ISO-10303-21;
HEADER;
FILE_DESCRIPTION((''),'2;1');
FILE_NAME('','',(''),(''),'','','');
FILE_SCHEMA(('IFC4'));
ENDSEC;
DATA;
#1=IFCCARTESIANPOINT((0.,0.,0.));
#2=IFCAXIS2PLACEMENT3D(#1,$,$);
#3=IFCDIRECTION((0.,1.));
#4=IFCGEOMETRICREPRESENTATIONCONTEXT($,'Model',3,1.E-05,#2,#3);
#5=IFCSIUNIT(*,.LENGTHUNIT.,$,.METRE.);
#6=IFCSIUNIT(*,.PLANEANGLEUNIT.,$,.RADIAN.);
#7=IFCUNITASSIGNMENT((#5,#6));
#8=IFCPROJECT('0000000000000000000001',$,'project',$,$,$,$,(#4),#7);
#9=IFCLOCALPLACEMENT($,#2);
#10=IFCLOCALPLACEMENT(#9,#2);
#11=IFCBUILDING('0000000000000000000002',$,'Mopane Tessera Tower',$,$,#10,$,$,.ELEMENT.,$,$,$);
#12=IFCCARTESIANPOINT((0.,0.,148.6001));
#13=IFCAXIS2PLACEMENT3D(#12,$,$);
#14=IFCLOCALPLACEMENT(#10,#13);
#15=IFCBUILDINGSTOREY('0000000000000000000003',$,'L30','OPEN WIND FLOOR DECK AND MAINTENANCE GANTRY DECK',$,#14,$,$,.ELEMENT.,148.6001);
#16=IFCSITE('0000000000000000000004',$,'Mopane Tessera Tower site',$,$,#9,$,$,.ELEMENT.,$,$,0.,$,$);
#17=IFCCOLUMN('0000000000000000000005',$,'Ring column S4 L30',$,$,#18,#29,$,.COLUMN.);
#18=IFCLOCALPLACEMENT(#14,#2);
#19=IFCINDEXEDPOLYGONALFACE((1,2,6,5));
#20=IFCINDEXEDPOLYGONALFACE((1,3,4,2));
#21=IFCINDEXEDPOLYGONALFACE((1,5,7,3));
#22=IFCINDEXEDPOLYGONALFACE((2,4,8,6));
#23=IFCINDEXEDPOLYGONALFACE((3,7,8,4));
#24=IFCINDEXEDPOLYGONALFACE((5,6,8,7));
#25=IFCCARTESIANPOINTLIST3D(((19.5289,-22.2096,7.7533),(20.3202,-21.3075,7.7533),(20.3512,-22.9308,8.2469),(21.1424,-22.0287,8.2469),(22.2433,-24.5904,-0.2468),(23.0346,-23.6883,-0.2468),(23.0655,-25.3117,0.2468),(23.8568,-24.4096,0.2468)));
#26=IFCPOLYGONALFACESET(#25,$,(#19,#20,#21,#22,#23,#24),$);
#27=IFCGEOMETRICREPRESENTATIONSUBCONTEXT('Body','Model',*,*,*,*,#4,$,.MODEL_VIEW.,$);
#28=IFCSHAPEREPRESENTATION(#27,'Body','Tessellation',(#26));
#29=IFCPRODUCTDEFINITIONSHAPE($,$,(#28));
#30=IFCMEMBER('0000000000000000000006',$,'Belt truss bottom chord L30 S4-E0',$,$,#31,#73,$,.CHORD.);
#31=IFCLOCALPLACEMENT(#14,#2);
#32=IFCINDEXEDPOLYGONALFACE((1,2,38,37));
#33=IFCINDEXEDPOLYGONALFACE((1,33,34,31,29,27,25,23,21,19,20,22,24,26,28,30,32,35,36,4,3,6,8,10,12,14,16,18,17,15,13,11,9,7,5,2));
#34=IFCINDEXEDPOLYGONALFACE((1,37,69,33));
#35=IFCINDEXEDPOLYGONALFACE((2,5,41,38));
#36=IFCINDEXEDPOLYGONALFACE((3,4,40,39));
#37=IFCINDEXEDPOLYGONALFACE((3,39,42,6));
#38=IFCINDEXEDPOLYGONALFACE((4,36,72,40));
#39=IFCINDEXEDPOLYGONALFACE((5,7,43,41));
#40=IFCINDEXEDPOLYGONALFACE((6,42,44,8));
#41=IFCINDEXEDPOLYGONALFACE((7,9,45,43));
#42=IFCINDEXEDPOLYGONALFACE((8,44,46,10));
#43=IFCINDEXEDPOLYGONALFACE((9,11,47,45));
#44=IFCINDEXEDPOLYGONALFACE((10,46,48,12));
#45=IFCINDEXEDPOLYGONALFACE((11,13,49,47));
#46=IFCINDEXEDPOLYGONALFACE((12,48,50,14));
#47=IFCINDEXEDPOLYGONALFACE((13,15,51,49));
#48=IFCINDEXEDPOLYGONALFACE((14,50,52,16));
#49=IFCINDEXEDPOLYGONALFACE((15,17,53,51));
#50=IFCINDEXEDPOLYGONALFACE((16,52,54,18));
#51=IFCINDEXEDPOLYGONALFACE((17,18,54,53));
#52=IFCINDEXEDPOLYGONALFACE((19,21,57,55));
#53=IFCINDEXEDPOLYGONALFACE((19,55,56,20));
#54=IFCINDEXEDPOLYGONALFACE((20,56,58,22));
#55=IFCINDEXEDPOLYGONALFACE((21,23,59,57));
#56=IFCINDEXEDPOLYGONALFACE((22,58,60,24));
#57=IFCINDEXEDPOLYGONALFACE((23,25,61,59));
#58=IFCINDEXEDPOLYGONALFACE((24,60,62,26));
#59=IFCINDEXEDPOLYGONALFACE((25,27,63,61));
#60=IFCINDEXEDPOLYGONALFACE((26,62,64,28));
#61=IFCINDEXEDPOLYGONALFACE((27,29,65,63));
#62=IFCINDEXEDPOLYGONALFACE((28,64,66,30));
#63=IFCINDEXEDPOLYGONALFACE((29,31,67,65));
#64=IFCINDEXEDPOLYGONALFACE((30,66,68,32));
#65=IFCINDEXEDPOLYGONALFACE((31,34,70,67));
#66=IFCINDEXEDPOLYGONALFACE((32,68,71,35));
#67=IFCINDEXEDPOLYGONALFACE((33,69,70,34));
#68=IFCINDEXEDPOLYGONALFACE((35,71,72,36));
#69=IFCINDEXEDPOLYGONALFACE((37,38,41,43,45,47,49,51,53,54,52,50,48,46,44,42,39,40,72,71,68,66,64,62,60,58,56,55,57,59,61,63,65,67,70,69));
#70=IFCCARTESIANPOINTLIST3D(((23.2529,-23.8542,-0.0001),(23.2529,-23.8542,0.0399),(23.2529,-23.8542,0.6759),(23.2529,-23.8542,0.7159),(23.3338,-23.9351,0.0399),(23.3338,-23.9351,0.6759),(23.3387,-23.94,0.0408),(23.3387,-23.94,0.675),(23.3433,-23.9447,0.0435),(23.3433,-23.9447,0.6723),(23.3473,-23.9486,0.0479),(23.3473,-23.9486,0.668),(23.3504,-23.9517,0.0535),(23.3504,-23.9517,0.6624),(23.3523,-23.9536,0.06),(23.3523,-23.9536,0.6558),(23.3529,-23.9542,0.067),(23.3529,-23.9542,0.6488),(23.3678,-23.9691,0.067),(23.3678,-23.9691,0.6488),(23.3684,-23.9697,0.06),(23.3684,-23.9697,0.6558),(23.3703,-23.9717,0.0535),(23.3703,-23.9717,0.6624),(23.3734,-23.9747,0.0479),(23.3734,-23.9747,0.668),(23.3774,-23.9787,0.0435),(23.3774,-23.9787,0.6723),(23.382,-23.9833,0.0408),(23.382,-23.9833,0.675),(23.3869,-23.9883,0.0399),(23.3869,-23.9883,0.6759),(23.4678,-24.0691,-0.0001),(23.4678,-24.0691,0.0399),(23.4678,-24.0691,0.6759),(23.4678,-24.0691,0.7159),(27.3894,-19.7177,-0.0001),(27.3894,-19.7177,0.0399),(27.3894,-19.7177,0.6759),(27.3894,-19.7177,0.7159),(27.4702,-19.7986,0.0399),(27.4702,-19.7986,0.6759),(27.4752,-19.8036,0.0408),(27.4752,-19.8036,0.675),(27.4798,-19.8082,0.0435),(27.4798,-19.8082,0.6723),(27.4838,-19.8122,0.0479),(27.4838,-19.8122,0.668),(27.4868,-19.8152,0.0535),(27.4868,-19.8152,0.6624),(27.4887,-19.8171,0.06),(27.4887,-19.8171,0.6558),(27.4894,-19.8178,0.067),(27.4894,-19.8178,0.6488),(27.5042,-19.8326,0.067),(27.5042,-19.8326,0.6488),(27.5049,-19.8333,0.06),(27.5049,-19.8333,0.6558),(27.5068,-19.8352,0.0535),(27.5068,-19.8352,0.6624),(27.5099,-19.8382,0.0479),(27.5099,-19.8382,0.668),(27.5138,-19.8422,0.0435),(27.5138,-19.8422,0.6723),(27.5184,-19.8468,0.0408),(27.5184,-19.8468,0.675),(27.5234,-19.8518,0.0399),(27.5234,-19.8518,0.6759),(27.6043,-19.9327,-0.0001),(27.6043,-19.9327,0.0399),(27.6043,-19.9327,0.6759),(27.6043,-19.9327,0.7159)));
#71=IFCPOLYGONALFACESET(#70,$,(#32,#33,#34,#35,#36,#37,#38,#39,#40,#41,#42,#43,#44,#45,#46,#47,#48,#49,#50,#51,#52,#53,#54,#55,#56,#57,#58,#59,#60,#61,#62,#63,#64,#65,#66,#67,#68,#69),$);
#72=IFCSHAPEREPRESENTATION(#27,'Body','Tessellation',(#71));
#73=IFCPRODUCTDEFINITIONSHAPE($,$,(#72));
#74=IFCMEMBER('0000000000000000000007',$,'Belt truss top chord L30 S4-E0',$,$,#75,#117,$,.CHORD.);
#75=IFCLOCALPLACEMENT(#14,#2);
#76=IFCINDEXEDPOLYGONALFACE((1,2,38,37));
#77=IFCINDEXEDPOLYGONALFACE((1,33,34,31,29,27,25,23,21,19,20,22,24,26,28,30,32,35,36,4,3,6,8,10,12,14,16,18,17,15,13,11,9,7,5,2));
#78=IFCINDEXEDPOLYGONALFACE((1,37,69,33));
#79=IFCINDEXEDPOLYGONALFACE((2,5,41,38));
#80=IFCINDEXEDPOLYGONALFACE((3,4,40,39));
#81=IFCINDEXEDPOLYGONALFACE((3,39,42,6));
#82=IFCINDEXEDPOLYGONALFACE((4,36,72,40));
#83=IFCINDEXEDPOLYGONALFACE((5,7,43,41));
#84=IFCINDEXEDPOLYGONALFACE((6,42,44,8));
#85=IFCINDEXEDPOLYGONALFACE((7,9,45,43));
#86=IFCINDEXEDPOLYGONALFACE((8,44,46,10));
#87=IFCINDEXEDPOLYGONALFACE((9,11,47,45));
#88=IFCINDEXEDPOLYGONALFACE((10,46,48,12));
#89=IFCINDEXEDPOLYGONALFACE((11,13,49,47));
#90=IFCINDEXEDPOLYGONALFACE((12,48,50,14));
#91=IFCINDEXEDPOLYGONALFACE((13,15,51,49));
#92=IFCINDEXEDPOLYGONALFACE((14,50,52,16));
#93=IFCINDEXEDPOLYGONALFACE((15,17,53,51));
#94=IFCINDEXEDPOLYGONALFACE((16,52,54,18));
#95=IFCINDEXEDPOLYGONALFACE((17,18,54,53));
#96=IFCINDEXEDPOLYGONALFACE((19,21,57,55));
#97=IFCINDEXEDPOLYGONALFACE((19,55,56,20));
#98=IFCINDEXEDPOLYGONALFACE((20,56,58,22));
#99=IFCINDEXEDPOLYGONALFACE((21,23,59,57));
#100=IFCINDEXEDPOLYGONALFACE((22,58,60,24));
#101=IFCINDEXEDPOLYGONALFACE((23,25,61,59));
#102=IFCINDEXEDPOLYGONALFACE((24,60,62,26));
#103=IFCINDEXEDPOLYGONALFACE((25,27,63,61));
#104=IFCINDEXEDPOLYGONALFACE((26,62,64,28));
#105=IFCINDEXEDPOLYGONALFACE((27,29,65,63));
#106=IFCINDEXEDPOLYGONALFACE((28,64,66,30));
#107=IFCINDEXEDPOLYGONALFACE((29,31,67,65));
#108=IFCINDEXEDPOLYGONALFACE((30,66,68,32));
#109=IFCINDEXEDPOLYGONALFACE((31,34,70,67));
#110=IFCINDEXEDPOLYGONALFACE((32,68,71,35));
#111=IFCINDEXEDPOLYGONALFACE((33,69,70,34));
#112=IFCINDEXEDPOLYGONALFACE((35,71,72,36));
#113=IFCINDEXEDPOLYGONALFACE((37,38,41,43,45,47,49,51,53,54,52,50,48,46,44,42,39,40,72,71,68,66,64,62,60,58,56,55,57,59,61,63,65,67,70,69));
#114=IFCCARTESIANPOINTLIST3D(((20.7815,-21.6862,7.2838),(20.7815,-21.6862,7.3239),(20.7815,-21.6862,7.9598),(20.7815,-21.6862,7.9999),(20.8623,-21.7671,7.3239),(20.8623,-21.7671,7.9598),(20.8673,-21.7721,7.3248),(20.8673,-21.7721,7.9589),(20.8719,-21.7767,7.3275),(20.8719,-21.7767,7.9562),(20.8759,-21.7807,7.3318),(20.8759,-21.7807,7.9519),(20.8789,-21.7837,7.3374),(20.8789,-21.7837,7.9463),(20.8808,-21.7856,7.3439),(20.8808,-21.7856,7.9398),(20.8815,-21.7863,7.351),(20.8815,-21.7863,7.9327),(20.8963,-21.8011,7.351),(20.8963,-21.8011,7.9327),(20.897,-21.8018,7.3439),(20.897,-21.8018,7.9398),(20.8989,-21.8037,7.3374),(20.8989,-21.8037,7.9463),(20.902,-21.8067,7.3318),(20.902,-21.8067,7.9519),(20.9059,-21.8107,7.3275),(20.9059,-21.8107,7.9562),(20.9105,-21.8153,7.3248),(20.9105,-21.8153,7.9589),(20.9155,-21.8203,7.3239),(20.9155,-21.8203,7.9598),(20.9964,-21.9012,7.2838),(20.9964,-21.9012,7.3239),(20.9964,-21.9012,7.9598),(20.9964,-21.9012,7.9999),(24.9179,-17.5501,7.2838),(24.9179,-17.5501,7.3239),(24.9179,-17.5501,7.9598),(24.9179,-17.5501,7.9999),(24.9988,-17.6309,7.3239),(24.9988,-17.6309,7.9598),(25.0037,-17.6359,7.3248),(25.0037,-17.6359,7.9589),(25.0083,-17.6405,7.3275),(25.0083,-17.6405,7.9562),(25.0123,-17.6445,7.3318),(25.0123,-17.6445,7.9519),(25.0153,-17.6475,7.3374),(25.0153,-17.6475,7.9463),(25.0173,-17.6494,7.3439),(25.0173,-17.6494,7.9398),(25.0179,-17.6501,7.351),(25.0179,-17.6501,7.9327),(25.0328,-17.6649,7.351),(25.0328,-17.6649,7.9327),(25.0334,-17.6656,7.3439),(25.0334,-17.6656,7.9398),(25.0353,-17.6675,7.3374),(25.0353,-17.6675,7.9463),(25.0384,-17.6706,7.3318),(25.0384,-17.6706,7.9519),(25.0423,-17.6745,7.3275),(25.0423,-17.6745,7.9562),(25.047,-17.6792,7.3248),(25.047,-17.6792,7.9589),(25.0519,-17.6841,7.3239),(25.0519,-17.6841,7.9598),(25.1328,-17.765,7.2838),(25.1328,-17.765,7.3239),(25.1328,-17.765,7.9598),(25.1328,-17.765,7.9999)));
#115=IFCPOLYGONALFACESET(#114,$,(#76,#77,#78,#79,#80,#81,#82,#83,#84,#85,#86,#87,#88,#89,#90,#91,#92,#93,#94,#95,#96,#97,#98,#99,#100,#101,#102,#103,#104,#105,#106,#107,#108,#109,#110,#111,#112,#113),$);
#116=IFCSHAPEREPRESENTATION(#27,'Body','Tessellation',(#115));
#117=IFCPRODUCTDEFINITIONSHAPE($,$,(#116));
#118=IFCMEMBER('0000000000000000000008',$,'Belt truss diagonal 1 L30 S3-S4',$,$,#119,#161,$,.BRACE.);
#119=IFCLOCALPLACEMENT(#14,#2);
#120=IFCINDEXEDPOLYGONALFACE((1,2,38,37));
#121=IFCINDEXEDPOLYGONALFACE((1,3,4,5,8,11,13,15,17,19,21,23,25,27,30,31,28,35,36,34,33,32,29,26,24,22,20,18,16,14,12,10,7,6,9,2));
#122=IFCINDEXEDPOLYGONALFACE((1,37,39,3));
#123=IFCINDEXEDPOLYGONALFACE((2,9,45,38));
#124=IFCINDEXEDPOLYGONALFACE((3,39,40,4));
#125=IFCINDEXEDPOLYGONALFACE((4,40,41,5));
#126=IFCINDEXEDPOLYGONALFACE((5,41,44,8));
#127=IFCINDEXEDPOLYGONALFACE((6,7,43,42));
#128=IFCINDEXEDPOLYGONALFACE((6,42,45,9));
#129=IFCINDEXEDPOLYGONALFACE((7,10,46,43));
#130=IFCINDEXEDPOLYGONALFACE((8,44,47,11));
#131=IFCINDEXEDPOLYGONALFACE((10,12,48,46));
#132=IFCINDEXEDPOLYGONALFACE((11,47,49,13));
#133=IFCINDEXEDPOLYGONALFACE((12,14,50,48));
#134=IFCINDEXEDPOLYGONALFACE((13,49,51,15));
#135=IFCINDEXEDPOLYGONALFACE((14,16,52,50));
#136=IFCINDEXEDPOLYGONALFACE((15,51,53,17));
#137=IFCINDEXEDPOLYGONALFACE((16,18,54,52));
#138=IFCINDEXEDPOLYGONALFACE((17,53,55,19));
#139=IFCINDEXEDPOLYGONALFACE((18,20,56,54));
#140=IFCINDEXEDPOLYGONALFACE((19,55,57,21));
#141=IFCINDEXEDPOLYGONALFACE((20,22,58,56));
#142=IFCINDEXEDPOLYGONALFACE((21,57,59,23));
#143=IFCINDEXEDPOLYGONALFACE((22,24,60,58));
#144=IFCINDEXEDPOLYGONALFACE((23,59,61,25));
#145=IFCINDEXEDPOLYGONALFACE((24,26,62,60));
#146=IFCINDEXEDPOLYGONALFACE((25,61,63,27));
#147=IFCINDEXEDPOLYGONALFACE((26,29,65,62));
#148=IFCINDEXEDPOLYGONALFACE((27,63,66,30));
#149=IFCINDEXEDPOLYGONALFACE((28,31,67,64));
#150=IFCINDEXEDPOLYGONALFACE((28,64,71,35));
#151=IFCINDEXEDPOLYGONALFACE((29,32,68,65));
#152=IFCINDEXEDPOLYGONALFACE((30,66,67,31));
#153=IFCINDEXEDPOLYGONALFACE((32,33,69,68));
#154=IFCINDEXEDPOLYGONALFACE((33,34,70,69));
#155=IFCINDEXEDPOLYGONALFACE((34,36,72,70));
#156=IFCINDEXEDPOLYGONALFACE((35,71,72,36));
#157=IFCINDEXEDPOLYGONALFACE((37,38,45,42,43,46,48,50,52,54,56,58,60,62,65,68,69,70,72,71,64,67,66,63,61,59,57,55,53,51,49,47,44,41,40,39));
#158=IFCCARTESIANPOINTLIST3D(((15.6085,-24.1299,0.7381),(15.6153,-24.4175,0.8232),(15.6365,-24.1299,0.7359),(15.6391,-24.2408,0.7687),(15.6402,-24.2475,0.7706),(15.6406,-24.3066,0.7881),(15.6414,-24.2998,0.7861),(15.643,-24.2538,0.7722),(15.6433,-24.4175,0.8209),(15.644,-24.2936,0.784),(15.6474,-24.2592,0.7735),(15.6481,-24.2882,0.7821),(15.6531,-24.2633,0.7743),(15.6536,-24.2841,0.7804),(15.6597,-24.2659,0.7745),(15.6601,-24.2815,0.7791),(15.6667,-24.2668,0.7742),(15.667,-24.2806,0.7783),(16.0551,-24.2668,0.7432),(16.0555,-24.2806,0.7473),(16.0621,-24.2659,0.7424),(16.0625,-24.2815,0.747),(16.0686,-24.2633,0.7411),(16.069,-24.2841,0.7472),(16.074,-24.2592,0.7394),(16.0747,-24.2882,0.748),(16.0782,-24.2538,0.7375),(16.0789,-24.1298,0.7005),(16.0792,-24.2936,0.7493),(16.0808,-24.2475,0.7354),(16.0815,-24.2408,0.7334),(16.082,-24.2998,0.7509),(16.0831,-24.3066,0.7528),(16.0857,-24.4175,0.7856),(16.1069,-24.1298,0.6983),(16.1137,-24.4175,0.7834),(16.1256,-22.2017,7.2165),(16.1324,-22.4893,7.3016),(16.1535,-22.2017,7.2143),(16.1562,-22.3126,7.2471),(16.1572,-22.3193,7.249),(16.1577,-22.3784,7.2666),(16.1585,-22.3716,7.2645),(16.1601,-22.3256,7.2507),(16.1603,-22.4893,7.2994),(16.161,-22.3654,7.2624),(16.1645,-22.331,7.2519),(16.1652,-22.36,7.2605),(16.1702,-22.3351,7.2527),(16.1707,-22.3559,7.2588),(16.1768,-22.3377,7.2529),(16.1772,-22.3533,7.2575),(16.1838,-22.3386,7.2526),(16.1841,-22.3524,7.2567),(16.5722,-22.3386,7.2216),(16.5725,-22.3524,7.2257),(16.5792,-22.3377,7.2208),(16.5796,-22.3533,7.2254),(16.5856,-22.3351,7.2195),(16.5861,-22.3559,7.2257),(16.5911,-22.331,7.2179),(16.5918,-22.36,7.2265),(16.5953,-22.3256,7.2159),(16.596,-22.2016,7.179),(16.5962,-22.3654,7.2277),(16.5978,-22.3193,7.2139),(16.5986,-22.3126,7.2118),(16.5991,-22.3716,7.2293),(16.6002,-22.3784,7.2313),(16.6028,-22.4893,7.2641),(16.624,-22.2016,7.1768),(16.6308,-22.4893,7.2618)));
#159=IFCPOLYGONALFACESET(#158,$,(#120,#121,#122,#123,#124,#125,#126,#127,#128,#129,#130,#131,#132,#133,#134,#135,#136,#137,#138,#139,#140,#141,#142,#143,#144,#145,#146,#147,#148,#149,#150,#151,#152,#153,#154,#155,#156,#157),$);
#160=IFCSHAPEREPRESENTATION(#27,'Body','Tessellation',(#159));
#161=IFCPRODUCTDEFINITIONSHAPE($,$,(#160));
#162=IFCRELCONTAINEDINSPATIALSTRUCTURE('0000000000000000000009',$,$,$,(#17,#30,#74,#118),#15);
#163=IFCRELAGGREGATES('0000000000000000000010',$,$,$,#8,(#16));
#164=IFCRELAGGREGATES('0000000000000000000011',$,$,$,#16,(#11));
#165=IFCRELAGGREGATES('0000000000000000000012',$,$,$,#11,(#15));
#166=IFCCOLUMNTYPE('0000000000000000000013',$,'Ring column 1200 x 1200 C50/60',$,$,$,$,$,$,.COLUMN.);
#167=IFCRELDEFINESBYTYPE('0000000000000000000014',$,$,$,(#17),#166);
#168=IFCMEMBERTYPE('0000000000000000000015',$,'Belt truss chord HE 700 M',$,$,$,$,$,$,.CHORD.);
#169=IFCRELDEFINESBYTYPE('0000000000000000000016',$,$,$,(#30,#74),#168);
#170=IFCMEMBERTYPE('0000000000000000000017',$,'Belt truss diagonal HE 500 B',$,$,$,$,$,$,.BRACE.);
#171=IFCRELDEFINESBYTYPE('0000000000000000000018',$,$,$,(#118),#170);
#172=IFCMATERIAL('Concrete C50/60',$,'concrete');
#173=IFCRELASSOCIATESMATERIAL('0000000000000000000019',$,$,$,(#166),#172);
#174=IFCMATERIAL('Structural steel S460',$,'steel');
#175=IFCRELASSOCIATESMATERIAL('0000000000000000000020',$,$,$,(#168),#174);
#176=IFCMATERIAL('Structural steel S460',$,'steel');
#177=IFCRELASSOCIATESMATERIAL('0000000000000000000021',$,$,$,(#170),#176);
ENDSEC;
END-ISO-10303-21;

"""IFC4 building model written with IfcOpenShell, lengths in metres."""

from ifc_helpers import new_model, si_unit, direction, frame, origin, origin_2d, place, context, subcontext, project, spatial, rectangle, i_section, extrude, material, material_profile, profile_set, type_object, element, save


model = new_model("IFC4")

# Units and contexts
model_context = context("Model", 3, precision=1e-05, world=origin(), true_north=direction((0.0, 1.0)))
body_context = subcontext(model_context, "Body", "Model", "MODEL_VIEW")
ifc_project = project(units=[si_unit("LENGTHUNIT", "METRE"), si_unit("PLANEANGLEUNIT", "RADIAN")], contexts=[model_context])

# Site, building, storey
site_placement = place(None, origin())
site = spatial("IfcSite", under=ifc_project, at=site_placement, Name="Mopane Tessera Tower site", CompositionType="ELEMENT", RefElevation=0.0)
building_placement = place(site_placement, origin())
building = spatial("IfcBuilding", under=site, at=building_placement, Name="Mopane Tessera Tower", CompositionType="ELEMENT")
storey_placement = place(building_placement, frame((0.0, 0.0, 148.6001)))
storey = spatial("IfcBuildingStorey", under=building, at=storey_placement, Name="L30", Description="OPEN WIND FLOOR DECK AND MAINTENANCE GANTRY DECK", CompositionType="ELEMENT", Elevation=148.6001)

# Column
ifc_material_1 = material(Name="Concrete C50/60", Category="concrete")
ifc_material_profile_1 = material_profile(ifc_material_1, rectangle(XDim=1.2, YDim=1.2, at=origin_2d()))
ifc_profile_set_1 = profile_set([ifc_material_profile_1], Name="Concrete C50/60")
column_type = type_object("IfcColumnType", Name="Ring column 1200 x 1200 C50/60", PredefinedType="COLUMN", material=ifc_profile_set_1)
column_placement = place(storey_placement, frame((23.05, -24.5, 0.0), z_axis=(-0.309257, 0.27126, 0.91147), x_axis=(-0.659414, -0.75178, 0.0)))
element("IfcColumn", 1, at=column_placement, inside=storey, type_object=column_type, Name="Ring column S4 L30", PredefinedType="COLUMN", context=body_context, shape_type="SweptSolid", body=[
    extrude(rectangle(XDim=1.2, YDim=1.2, at=origin_2d()), origin(), (0.0, 0.0, 1.0), 8.7771),
])

# Members
ifc_material_2 = material(Name="Structural steel S460", Category="steel")
ifc_material_profile_2 = material_profile(ifc_material_2, i_section(OverallWidth=0.304, OverallDepth=0.7161, WebThickness=0.021, FlangeThickness=0.04, FilletRadius=0.0271, at=origin_2d()))
ifc_profile_set_2 = profile_set([ifc_material_profile_2], Name="Structural steel S460")
member_type_1 = type_object("IfcMemberType", Name="Belt truss chord HE 700 M", PredefinedType="CHORD", material=ifc_profile_set_2)
member_1_placement = place(storey_placement, frame((23.3604, -23.9617, 0.3579), z_axis=(0.707107, 0.707107, 0.0), x_axis=(-0.707107, 0.707107, 0.0)))
element("IfcMember", 2, at=member_1_placement, inside=storey, type_object=member_type_1, Name="Belt truss bottom chord L30 S4-E0", PredefinedType="CHORD", context=body_context, shape_type="SweptSolid", body=[
    extrude(i_section(OverallWidth=0.304, OverallDepth=0.7161, WebThickness=0.021, FlangeThickness=0.04, FilletRadius=0.0271, at=origin_2d()), origin(), (0.0, 0.0, 1.0), 5.8499),
])
member_2_placement = place(storey_placement, frame((20.8889, -21.7937, 7.6418), z_axis=(0.707128, 0.707086, 0.0), x_axis=(-0.707086, 0.707128, 0.0)))
element("IfcMember", 3, at=member_2_placement, inside=storey, type_object=member_type_1, Name="Belt truss top chord L30 S4-E0", PredefinedType="CHORD", context=body_context, shape_type="SweptSolid", body=[
    extrude(i_section(OverallWidth=0.304, OverallDepth=0.7161, WebThickness=0.021, FlangeThickness=0.04, FilletRadius=0.0271, at=origin_2d()), origin(), (0.0, 0.0, 1.0), 5.8496),
])
ifc_material_3 = material(Name="Structural steel S460", Category="steel")
ifc_material_profile_3 = material_profile(ifc_material_3, i_section(OverallWidth=0.3, OverallDepth=0.5, WebThickness=0.0144, FlangeThickness=0.0281, FilletRadius=0.0271, at=origin_2d()))
ifc_profile_set_3 = profile_set([ifc_material_profile_3], Name="Structural steel S460")
member_type_2 = type_object("IfcMemberType", Name="Belt truss diagonal HE 500 B", PredefinedType="BRACE", material=ifc_profile_set_3)
member_3_placement = place(storey_placement, frame((15.8611, -24.2737, 0.7607), z_axis=(0.076277, 0.284435, 0.955656), x_axis=(-0.022663, 0.958695, -0.283531)))
element("IfcMember", 4, at=member_3_placement, inside=storey, type_object=member_type_2, Name="Belt truss diagonal 1 L30 S3-S4", PredefinedType="BRACE", context=body_context, shape_type="SweptSolid", body=[
    extrude(i_section(OverallWidth=0.3, OverallDepth=0.5, WebThickness=0.0144, FlangeThickness=0.0281, FilletRadius=0.0271, at=origin_2d()), origin(), (0.0, 0.0, 1.0), 6.7791),
])

save(model, "model.ifc")
